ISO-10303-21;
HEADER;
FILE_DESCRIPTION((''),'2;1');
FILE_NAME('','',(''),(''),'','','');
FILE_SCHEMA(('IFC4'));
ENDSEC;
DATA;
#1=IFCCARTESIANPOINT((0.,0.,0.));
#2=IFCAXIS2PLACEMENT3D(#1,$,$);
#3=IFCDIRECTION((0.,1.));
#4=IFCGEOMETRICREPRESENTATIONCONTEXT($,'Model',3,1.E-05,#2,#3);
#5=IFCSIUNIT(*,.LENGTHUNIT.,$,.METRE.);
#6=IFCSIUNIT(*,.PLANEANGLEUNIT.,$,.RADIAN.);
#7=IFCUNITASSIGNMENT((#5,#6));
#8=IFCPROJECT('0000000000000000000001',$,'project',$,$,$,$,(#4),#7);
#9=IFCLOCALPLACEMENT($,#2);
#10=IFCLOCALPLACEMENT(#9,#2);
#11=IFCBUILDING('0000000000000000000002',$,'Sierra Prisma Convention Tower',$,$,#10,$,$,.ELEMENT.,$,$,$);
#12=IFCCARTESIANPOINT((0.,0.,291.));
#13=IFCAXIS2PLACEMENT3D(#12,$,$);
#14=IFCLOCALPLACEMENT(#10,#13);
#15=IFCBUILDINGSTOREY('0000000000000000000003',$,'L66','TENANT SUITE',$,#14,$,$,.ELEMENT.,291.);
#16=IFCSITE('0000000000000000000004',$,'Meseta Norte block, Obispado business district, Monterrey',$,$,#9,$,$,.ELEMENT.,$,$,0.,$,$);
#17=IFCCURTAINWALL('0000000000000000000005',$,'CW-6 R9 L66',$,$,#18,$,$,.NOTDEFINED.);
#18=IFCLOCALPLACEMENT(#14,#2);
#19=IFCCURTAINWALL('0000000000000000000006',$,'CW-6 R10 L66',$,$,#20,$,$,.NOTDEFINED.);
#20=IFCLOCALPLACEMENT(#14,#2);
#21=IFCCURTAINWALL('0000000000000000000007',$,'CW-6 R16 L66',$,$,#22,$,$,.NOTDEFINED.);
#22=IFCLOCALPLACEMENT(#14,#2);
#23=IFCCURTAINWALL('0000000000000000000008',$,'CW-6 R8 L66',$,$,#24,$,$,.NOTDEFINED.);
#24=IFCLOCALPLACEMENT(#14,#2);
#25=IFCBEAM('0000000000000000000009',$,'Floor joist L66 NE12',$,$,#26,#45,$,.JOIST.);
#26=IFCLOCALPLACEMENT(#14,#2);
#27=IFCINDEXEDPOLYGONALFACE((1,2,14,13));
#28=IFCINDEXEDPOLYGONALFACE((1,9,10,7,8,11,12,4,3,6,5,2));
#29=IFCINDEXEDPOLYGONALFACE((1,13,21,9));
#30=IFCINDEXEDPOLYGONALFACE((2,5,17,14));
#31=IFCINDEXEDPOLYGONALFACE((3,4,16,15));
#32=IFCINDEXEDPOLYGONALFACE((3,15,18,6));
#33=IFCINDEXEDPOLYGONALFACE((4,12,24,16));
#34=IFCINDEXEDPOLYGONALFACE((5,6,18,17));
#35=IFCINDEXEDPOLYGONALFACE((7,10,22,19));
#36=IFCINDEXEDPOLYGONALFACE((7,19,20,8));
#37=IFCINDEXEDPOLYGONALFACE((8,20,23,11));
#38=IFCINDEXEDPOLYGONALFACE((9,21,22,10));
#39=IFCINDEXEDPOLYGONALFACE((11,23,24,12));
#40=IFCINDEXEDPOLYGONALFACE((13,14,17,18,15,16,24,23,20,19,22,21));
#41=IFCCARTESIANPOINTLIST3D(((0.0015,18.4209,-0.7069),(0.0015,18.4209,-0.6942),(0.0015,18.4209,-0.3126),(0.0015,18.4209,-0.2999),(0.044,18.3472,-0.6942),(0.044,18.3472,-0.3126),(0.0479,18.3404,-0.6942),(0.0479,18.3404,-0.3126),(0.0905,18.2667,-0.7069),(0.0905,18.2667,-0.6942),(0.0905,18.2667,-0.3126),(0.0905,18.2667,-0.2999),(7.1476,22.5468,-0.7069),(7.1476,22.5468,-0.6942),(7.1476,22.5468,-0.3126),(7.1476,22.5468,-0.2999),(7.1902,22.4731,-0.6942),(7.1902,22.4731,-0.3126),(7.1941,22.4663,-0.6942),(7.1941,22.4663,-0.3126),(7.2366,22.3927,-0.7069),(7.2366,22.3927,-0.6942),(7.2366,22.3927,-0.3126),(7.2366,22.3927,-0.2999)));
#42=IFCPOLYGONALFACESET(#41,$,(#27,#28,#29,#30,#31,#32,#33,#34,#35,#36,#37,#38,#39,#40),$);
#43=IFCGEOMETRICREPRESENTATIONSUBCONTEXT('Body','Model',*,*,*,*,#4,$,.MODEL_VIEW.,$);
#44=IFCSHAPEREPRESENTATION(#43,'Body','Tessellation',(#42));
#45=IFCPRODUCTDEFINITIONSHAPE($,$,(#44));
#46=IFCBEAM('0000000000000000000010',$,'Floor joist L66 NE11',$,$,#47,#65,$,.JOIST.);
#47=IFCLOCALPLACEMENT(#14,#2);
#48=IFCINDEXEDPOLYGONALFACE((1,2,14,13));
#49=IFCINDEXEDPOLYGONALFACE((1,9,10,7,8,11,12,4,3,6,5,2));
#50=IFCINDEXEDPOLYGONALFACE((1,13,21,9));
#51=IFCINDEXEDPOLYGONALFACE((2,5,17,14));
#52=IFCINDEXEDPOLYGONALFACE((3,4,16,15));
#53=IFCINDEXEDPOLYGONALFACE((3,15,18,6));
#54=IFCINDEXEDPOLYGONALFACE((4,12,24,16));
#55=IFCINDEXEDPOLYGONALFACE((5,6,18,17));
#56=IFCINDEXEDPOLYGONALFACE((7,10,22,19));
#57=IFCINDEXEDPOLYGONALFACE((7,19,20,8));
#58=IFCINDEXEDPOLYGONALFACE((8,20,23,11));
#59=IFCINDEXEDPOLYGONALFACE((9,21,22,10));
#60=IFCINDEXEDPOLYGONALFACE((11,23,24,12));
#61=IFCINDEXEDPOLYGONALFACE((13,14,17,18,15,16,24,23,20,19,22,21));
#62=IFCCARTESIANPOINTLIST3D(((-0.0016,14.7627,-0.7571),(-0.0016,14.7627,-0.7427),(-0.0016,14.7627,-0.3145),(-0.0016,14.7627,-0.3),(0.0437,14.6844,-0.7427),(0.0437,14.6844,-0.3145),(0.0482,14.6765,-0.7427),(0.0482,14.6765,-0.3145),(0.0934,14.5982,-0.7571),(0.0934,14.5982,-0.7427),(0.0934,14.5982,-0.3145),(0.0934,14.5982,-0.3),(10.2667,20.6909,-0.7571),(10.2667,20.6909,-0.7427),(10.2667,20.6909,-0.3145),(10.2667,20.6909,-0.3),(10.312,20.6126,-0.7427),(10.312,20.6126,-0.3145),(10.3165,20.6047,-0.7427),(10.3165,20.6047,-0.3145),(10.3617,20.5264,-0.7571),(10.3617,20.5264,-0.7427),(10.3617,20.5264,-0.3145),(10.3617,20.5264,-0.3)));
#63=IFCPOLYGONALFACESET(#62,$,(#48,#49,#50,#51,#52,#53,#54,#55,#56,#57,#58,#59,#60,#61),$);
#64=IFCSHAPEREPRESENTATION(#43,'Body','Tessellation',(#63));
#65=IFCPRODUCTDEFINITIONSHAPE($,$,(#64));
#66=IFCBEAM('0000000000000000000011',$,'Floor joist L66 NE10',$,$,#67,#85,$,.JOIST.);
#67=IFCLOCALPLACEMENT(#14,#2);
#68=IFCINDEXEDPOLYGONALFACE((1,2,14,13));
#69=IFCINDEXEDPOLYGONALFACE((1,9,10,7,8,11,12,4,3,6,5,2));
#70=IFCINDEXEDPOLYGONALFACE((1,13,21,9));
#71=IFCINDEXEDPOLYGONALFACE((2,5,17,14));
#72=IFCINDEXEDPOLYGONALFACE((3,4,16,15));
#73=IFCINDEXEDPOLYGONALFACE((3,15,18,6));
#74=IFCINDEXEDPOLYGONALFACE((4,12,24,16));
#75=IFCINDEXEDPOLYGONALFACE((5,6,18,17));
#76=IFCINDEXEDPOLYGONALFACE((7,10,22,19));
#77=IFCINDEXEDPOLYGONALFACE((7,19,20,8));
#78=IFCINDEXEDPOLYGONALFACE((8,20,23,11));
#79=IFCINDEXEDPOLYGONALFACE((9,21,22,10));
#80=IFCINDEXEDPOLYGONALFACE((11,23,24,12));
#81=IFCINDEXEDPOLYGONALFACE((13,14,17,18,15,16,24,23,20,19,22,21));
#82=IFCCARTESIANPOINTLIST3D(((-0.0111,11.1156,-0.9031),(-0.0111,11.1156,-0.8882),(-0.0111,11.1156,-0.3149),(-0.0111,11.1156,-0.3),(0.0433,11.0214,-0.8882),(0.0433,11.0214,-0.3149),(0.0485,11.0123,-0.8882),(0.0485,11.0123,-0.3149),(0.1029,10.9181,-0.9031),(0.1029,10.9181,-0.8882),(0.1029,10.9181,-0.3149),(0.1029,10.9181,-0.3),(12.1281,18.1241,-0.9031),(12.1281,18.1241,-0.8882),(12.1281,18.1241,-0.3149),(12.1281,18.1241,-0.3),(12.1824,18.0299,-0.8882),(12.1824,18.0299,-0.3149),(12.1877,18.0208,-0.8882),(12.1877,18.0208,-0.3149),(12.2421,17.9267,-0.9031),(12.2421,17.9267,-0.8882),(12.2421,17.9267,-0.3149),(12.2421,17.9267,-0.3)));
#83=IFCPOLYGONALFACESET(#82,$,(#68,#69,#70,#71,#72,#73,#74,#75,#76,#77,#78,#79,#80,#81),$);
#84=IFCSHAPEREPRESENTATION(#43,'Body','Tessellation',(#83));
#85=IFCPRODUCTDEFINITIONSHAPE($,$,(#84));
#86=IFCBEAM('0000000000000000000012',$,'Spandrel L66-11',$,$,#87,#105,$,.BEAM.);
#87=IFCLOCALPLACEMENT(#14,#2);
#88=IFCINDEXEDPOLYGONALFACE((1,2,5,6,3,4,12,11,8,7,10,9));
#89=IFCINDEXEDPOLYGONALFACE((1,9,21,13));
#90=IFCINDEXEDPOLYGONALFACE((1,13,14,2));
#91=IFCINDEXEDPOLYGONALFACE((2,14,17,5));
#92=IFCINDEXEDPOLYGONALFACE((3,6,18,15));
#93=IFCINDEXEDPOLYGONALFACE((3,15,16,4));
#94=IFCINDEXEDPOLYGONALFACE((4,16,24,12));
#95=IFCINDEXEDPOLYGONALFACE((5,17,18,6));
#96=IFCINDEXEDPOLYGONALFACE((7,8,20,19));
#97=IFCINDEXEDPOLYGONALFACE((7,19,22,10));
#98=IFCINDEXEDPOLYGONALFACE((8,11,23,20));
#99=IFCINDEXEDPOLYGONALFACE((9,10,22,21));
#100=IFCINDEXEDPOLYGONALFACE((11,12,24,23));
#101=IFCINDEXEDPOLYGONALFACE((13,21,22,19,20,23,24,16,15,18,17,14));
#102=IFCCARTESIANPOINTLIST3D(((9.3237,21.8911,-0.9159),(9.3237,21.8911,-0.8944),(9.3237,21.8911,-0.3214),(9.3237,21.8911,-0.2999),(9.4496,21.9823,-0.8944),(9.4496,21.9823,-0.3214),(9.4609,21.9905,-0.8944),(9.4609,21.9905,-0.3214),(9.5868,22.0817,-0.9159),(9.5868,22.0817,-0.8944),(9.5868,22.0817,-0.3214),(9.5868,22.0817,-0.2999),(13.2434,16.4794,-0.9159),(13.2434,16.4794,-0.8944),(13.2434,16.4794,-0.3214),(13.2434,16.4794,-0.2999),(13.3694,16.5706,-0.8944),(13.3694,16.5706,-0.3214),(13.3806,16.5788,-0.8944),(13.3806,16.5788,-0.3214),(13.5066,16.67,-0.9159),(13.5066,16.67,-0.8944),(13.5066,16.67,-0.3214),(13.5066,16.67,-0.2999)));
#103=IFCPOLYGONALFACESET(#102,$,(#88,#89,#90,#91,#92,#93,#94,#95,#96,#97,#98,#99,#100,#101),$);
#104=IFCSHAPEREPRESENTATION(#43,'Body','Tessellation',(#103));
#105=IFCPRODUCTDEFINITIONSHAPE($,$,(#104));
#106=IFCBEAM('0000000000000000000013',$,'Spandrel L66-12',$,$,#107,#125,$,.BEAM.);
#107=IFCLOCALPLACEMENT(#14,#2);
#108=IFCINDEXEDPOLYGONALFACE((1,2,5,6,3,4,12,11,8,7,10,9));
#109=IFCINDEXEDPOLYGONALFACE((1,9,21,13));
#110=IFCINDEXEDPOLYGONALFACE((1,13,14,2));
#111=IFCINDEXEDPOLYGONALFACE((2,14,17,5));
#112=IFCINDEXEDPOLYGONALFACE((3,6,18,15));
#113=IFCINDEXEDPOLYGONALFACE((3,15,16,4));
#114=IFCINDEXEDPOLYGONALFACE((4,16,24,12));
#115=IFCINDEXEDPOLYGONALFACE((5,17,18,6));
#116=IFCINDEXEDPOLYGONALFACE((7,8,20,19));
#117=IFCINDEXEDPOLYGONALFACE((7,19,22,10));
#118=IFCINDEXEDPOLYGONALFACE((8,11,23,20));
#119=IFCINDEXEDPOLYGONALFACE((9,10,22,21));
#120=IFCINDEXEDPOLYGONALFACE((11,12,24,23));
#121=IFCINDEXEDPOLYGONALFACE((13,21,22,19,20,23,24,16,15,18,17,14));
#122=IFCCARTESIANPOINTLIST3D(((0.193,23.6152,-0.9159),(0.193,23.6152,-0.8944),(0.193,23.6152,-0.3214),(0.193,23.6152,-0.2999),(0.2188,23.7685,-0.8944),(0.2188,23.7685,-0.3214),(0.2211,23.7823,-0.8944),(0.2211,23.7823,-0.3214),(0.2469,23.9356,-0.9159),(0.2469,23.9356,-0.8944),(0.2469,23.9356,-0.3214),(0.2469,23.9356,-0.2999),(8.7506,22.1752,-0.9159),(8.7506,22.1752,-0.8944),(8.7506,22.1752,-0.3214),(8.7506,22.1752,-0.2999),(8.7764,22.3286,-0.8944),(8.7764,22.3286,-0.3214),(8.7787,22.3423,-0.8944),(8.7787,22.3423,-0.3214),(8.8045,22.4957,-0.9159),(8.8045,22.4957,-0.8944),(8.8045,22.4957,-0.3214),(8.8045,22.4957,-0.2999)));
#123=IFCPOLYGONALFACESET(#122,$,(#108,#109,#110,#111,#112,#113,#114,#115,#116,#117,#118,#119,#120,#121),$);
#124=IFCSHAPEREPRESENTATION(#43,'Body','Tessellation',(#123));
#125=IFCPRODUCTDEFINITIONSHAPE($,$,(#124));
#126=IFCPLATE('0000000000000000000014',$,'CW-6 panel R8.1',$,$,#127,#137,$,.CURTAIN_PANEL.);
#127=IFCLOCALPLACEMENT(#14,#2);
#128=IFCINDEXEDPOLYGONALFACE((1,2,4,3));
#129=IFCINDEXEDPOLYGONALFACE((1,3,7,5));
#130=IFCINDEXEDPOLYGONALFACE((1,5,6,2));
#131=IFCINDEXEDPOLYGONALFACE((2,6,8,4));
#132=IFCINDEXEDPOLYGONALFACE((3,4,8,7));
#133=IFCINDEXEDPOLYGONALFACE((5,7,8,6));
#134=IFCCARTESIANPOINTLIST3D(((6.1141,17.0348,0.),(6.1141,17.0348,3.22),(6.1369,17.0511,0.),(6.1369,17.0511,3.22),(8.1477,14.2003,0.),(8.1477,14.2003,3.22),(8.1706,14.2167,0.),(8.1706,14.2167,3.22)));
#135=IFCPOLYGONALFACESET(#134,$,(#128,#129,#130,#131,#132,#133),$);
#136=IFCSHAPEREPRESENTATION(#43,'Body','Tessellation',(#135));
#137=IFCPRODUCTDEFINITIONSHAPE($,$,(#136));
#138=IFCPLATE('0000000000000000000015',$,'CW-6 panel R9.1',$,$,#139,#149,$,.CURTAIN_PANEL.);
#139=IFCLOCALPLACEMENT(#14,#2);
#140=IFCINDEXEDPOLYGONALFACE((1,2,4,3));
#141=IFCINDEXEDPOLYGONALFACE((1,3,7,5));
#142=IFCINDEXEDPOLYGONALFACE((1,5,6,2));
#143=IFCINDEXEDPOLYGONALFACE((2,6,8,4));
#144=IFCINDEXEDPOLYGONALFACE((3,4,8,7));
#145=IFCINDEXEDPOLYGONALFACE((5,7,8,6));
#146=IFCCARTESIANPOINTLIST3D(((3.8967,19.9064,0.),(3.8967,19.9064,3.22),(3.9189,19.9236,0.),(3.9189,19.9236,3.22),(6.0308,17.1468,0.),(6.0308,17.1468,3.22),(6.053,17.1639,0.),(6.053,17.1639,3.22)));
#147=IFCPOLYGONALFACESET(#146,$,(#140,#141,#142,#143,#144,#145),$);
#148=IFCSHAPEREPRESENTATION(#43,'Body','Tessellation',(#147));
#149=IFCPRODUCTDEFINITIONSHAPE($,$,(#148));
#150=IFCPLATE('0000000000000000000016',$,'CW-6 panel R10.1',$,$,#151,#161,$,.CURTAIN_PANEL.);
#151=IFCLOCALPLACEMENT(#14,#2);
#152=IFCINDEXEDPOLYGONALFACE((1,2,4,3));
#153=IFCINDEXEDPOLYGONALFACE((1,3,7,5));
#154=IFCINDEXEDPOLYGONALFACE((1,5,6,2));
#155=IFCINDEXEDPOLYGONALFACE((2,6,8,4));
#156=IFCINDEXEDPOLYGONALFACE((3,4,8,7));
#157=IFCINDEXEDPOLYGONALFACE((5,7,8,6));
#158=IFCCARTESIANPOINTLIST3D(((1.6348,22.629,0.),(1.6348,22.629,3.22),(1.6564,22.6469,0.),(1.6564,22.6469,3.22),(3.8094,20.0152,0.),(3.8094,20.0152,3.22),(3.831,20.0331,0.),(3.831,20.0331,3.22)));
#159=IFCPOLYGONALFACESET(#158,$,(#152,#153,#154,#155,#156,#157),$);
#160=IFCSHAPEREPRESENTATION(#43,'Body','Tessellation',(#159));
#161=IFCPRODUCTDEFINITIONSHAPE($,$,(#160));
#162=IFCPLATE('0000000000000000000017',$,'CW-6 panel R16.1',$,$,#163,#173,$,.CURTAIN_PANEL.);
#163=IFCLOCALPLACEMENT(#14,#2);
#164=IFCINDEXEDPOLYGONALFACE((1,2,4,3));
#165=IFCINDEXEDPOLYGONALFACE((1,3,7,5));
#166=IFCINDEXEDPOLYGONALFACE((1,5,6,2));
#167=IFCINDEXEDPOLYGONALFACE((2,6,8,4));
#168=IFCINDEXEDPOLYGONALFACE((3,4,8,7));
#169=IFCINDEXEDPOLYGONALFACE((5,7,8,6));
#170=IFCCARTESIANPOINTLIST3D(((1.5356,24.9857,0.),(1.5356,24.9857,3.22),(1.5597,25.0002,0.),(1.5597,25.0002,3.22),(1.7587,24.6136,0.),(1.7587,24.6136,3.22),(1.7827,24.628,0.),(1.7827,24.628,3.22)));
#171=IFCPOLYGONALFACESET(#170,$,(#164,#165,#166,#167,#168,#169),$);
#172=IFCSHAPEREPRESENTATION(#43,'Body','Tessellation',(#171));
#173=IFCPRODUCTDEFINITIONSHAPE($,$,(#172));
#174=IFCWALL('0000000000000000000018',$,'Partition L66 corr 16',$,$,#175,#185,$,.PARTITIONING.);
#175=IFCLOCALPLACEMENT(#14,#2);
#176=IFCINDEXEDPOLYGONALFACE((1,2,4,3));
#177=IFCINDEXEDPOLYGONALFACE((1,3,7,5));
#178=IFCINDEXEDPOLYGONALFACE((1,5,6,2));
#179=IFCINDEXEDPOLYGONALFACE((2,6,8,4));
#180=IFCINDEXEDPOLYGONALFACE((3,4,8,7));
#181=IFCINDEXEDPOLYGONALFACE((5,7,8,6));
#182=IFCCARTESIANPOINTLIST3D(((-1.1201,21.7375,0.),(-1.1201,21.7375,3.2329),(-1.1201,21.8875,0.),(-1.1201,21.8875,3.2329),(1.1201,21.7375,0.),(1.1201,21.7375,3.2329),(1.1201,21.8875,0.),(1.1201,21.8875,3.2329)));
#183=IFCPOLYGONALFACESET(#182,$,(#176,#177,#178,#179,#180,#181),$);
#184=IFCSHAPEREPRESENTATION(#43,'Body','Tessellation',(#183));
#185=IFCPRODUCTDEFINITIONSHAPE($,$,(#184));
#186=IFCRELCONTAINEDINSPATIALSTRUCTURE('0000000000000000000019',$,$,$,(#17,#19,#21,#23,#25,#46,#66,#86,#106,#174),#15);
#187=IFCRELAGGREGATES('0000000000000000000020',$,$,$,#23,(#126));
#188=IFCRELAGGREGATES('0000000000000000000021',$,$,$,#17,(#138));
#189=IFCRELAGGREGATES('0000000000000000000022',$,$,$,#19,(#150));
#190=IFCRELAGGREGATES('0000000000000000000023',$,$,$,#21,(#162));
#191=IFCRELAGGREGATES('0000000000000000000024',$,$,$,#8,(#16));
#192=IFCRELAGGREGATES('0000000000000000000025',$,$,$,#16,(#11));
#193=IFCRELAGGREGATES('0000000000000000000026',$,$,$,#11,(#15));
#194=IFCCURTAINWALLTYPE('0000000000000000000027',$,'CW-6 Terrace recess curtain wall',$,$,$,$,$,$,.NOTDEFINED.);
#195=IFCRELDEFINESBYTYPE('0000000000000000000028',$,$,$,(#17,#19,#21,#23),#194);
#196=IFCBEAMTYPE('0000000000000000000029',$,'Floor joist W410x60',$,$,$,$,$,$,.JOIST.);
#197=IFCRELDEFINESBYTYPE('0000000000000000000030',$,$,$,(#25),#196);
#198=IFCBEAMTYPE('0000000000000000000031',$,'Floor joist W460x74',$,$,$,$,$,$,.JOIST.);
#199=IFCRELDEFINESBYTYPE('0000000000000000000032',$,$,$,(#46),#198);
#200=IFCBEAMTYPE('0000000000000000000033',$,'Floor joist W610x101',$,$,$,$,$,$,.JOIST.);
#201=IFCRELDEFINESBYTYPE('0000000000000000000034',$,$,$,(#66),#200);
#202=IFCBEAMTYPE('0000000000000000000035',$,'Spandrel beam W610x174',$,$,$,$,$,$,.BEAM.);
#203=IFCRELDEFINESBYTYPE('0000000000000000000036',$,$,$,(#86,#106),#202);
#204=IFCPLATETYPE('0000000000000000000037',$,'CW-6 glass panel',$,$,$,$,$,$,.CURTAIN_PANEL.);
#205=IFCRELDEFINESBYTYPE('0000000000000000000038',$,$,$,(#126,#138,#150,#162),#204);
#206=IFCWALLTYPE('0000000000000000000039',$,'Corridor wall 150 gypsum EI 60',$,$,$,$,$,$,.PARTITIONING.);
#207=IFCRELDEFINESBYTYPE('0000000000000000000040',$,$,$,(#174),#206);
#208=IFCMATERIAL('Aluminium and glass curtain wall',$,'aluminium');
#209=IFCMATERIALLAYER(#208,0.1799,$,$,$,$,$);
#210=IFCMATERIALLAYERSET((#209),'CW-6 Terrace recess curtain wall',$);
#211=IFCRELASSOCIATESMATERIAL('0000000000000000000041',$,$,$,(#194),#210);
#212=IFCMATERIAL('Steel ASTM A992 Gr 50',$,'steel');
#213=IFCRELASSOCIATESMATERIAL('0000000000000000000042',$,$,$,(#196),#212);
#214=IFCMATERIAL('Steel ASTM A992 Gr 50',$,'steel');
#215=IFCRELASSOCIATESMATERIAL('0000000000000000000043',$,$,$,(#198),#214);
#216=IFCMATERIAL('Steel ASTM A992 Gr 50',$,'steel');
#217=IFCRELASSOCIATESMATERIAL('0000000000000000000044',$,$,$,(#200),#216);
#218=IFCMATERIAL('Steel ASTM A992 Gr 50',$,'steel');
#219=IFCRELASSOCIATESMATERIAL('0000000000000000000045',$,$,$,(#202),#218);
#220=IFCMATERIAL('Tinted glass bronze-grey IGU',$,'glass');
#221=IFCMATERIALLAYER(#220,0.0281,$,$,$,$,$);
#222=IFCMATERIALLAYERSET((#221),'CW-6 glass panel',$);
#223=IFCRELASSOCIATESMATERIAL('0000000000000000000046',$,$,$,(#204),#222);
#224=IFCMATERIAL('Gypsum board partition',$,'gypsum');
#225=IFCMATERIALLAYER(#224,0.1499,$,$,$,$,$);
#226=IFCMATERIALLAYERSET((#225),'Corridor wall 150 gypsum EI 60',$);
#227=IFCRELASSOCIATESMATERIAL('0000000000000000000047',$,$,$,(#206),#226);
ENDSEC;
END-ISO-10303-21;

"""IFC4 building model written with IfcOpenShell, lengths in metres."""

from ifc_helpers import new_model, si_unit, direction, frame, frame_2d, origin, origin_2d, place, context, subcontext, project, spatial, rectangle, i_section, extrude, material, layer, layer_set, material_profile, profile_set, type_object, element, aggregate, save


model = new_model("IFC4")

# Units and contexts
model_context = context("Model", 3, precision=1e-05, world=origin(), true_north=direction((0.0, 1.0)))
body_context = subcontext(model_context, "Body", "Model", "MODEL_VIEW")
ifc_project = project(units=[si_unit("LENGTHUNIT", "METRE"), si_unit("PLANEANGLEUNIT", "RADIAN")], contexts=[model_context])

# Site, building, storey
site_placement = place(None, origin())
site = spatial("IfcSite", under=ifc_project, at=site_placement, Name="Meseta Norte block, Obispado business district, Monterrey", CompositionType="ELEMENT", RefElevation=0.0)
building_placement = place(site_placement, origin())
building = spatial("IfcBuilding", under=site, at=building_placement, Name="Sierra Prisma Convention Tower", CompositionType="ELEMENT")
storey_placement = place(building_placement, frame((0.0, 0.0, 291.0)))
storey = spatial("IfcBuildingStorey", under=building, at=storey_placement, Name="L66", Description="TENANT SUITE", CompositionType="ELEMENT", Elevation=291.0)

# Curtain walls
ifc_material_1 = material(Name="Aluminium and glass curtain wall", Category="aluminium")
ifc_layer_1 = layer(ifc_material_1, 0.1799)
ifc_layer_set_1 = layer_set([ifc_layer_1], Name="CW-6 Terrace recess curtain wall")
curtain_wall_type = type_object("IfcCurtainWallType", Name="CW-6 Terrace recess curtain wall", PredefinedType="NOTDEFINED", material=ifc_layer_set_1)
curtain_wall_1_placement = place(storey_placement, origin())
curtain_wall_1 = element("IfcCurtainWall", 1, at=curtain_wall_1_placement, inside=storey, type_object=curtain_wall_type, Name="CW-6 R9 L66", PredefinedType="NOTDEFINED")
curtain_wall_2_placement = place(storey_placement, origin())
curtain_wall_2 = element("IfcCurtainWall", 2, at=curtain_wall_2_placement, inside=storey, type_object=curtain_wall_type, Name="CW-6 R10 L66", PredefinedType="NOTDEFINED")
curtain_wall_3_placement = place(storey_placement, origin())
curtain_wall_3 = element("IfcCurtainWall", 3, at=curtain_wall_3_placement, inside=storey, type_object=curtain_wall_type, Name="CW-6 R16 L66", PredefinedType="NOTDEFINED")
curtain_wall_4_placement = place(storey_placement, origin())
curtain_wall_4 = element("IfcCurtainWall", 4, at=curtain_wall_4_placement, inside=storey, type_object=curtain_wall_type, Name="CW-6 R8 L66", PredefinedType="NOTDEFINED")

# Beams
ifc_material_2 = material(Name="Steel ASTM A992 Gr 50", Category="steel")
ifc_material_profile_1 = material_profile(ifc_material_2, i_section(OverallWidth=0.178, OverallDepth=0.407, WebThickness=0.0078, FlangeThickness=0.0127, at=origin_2d()), Name="W410x60")
ifc_profile_set_1 = profile_set([ifc_material_profile_1], Name="Steel ASTM A992 Gr 50")
beam_type_1 = type_object("IfcBeamType", Name="Floor joist W410x60", PredefinedType="JOIST", material=ifc_profile_set_1)
beam_1_placement = place(storey_placement, frame((7.1921, 22.4697, -0.5034), z_axis=(-0.866021, -0.500008, 0.0), x_axis=(0.500008, -0.866021, 0.0)))
element("IfcBeam", 5, at=beam_1_placement, inside=storey, type_object=beam_type_1, Name="Floor joist L66 NE12", PredefinedType="JOIST", context=body_context, shape_type="SweptSolid", body=[
    extrude(i_section(OverallWidth=0.178, OverallDepth=0.407, WebThickness=0.0078, FlangeThickness=0.0127, at=origin_2d()), origin(), (0.0, 0.0, 1.0), 8.2517),
])
ifc_material_3 = material(Name="Steel ASTM A992 Gr 50", Category="steel")
ifc_material_profile_2 = material_profile(ifc_material_3, i_section(OverallWidth=0.1899, OverallDepth=0.457, WebThickness=0.009, FlangeThickness=0.0144, at=origin_2d()), Name="W460x74")
ifc_profile_set_2 = profile_set([ifc_material_profile_2], Name="Steel ASTM A992 Gr 50")
beam_type_2 = type_object("IfcBeamType", Name="Floor joist W460x74", PredefinedType="JOIST", material=ifc_profile_set_2)
beam_2_placement = place(storey_placement, frame((10.3142, 20.6086, -0.5286), z_axis=(-0.866032, -0.499988, 0.0), x_axis=(0.499988, -0.866032, 0.0)))
element("IfcBeam", 6, at=beam_2_placement, inside=storey, type_object=beam_type_2, Name="Floor joist L66 NE11", PredefinedType="JOIST", context=body_context, shape_type="SweptSolid", body=[
    extrude(i_section(OverallWidth=0.1899, OverallDepth=0.457, WebThickness=0.009, FlangeThickness=0.0144, at=origin_2d()), origin(), (0.0, 0.0, 1.0), 11.8567),
])
ifc_material_4 = material(Name="Steel ASTM A992 Gr 50", Category="steel")
ifc_material_profile_3 = material_profile(ifc_material_4, i_section(OverallWidth=0.228, OverallDepth=0.603, WebThickness=0.0105, FlangeThickness=0.0149, at=origin_2d()), Name="W610x101")
ifc_profile_set_3 = profile_set([ifc_material_profile_3], Name="Steel ASTM A992 Gr 50")
beam_type_3 = type_object("IfcBeamType", Name="Floor joist W610x101", PredefinedType="JOIST", material=ifc_profile_set_3)
beam_3_placement = place(storey_placement, frame((12.1851, 18.0254, -0.6016), z_axis=(-0.866025, -0.5, 0.0), x_axis=(0.5, -0.866025, 0.0)))
element("IfcBeam", 7, at=beam_3_placement, inside=storey, type_object=beam_type_3, Name="Floor joist L66 NE10", PredefinedType="JOIST", context=body_context, shape_type="SweptSolid", body=[
    extrude(i_section(OverallWidth=0.228, OverallDepth=0.603, WebThickness=0.0105, FlangeThickness=0.0149, at=origin_2d()), origin(), (0.0, 0.0, 1.0), 14.0171),
])
ifc_material_5 = material(Name="Steel ASTM A992 Gr 50", Category="steel")
ifc_material_profile_4 = material_profile(ifc_material_5, i_section(OverallWidth=0.325, OverallDepth=0.616, WebThickness=0.0139, FlangeThickness=0.0215, at=origin_2d()), Name="W610x174")
ifc_profile_set_4 = profile_set([ifc_material_profile_4], Name="Steel ASTM A992 Gr 50")
beam_type_4 = type_object("IfcBeamType", Name="Spandrel beam W610x174", PredefinedType="BEAM", material=ifc_profile_set_4)
beam_4_placement = place(storey_placement, frame((13.375, 16.5747, -0.6079), z_axis=(-0.5866, 0.809877, 0.0), x_axis=(-0.809877, -0.5866, 0.0)))
element("IfcBeam", 8, at=beam_4_placement, inside=storey, type_object=beam_type_4, Name="Spandrel L66-11", PredefinedType="BEAM", context=body_context, shape_type="SweptSolid", body=[
    extrude(i_section(OverallWidth=0.325, OverallDepth=0.616, WebThickness=0.0139, FlangeThickness=0.0215, at=origin_2d()), origin(), (0.0, 0.0, 1.0), 6.6821),
])
beam_5_placement = place(storey_placement, frame((8.7776, 22.3354, -0.6079), z_axis=(-0.986137, 0.165932, 0.0), x_axis=(-0.165932, -0.986137, 0.0)))
element("IfcBeam", 9, at=beam_5_placement, inside=storey, type_object=beam_type_4, Name="Spandrel L66-12", PredefinedType="BEAM", context=body_context, shape_type="SweptSolid", body=[
    extrude(i_section(OverallWidth=0.325, OverallDepth=0.616, WebThickness=0.0139, FlangeThickness=0.0215, at=origin_2d()), origin(), (0.0, 0.0, 1.0), 8.678),
])

# Plates
ifc_material_6 = material(Name="Tinted glass bronze-grey IGU", Category="glass")
ifc_layer_2 = layer(ifc_material_6, 0.0281)
ifc_layer_set_2 = layer_set([ifc_layer_2], Name="CW-6 glass panel")
plate_type = type_object("IfcPlateType", Name="CW-6 glass panel", PredefinedType="CURTAIN_PANEL", material=ifc_layer_set_2)
plate_1_placement = place(storey_placement, frame((7.1423, 15.6257, 0.0), z_axis=(0.0, 0.0, 1.0), x_axis=(-0.582948, 0.81251, 0.0)))
plate_1 = element("IfcPlate", 10, at=plate_1_placement, type_object=plate_type, Name="CW-6 panel R8.1", PredefinedType="CURTAIN_PANEL", context=body_context, shape_type="SweptSolid", body=[
    extrude(rectangle(XDim=3.4885, YDim=0.0281, at=origin_2d()), origin(), (0.0, 0.0, 1.0), 3.22),
])
aggregate(curtain_wall_4, [plate_1])
plate_2_placement = place(storey_placement, frame((4.9749, 18.5352, 0.0), z_axis=(0.0, 0.0, 1.0), x_axis=(-0.611743, 0.791057, 0.0)))
plate_2 = element("IfcPlate", 11, at=plate_2_placement, type_object=plate_type, Name="CW-6 panel R9.1", PredefinedType="CURTAIN_PANEL", context=body_context, shape_type="SweptSolid", body=[
    extrude(rectangle(XDim=3.4885, YDim=0.0281, at=origin_2d()), origin(), (0.0, 0.0, 1.0), 3.22),
])
aggregate(curtain_wall_1, [plate_2])
plate_3_placement = place(storey_placement, frame((2.7329, 21.3311, 0.0), z_axis=(0.0, 0.0, 1.0), x_axis=(-0.639577, 0.768727, 0.0)))
plate_3 = element("IfcPlate", 12, at=plate_3_placement, type_object=plate_type, Name="CW-6 panel R10.1", PredefinedType="CURTAIN_PANEL", context=body_context, shape_type="SweptSolid", body=[
    extrude(rectangle(XDim=3.4001, YDim=0.0281, at=origin_2d()), origin(), (0.0, 0.0, 1.0), 3.22),
])
aggregate(curtain_wall_2, [plate_3])
plate_4_placement = place(storey_placement, frame((1.6592, 24.8069, 0.0), z_axis=(0.0, 0.0, 1.0), x_axis=(-0.514103, 0.857729, 0.0)))
plate_4 = element("IfcPlate", 13, at=plate_4_placement, type_object=plate_type, Name="CW-6 panel R16.1", PredefinedType="CURTAIN_PANEL", context=body_context, shape_type="SweptSolid", body=[
    extrude(rectangle(XDim=0.4338, YDim=0.0281, at=origin_2d()), origin(), (0.0, 0.0, 1.0), 3.22),
])
aggregate(curtain_wall_3, [plate_4])

# Wall
ifc_material_7 = material(Name="Gypsum board partition", Category="gypsum")
ifc_layer_3 = layer(ifc_material_7, 0.1499)
ifc_layer_set_3 = layer_set([ifc_layer_3], Name="Corridor wall 150 gypsum EI 60")
wall_type_1 = type_object("IfcWallType", Name="Corridor wall 150 gypsum EI 60", PredefinedType="PARTITIONING", material=ifc_layer_set_3)
wall_1_placement = place(storey_placement, frame((1.1201, 21.8125, 0.0), z_axis=(0.0, 0.0, 1.0), x_axis=(-1.0, 0.0, 0.0)))
element("IfcWall", 14, at=wall_1_placement, inside=storey, type_object=wall_type_1, Name="Partition L66 corr 16", PredefinedType="PARTITIONING", context=body_context, shape_type="SweptSolid", body=[
    extrude(rectangle(XDim=2.2402, YDim=0.1499, at=frame_2d((1.1201, 0.0))), origin(), (0.0, 0.0, 1.0), 3.2329),
])

save(model, "model.ifc")
